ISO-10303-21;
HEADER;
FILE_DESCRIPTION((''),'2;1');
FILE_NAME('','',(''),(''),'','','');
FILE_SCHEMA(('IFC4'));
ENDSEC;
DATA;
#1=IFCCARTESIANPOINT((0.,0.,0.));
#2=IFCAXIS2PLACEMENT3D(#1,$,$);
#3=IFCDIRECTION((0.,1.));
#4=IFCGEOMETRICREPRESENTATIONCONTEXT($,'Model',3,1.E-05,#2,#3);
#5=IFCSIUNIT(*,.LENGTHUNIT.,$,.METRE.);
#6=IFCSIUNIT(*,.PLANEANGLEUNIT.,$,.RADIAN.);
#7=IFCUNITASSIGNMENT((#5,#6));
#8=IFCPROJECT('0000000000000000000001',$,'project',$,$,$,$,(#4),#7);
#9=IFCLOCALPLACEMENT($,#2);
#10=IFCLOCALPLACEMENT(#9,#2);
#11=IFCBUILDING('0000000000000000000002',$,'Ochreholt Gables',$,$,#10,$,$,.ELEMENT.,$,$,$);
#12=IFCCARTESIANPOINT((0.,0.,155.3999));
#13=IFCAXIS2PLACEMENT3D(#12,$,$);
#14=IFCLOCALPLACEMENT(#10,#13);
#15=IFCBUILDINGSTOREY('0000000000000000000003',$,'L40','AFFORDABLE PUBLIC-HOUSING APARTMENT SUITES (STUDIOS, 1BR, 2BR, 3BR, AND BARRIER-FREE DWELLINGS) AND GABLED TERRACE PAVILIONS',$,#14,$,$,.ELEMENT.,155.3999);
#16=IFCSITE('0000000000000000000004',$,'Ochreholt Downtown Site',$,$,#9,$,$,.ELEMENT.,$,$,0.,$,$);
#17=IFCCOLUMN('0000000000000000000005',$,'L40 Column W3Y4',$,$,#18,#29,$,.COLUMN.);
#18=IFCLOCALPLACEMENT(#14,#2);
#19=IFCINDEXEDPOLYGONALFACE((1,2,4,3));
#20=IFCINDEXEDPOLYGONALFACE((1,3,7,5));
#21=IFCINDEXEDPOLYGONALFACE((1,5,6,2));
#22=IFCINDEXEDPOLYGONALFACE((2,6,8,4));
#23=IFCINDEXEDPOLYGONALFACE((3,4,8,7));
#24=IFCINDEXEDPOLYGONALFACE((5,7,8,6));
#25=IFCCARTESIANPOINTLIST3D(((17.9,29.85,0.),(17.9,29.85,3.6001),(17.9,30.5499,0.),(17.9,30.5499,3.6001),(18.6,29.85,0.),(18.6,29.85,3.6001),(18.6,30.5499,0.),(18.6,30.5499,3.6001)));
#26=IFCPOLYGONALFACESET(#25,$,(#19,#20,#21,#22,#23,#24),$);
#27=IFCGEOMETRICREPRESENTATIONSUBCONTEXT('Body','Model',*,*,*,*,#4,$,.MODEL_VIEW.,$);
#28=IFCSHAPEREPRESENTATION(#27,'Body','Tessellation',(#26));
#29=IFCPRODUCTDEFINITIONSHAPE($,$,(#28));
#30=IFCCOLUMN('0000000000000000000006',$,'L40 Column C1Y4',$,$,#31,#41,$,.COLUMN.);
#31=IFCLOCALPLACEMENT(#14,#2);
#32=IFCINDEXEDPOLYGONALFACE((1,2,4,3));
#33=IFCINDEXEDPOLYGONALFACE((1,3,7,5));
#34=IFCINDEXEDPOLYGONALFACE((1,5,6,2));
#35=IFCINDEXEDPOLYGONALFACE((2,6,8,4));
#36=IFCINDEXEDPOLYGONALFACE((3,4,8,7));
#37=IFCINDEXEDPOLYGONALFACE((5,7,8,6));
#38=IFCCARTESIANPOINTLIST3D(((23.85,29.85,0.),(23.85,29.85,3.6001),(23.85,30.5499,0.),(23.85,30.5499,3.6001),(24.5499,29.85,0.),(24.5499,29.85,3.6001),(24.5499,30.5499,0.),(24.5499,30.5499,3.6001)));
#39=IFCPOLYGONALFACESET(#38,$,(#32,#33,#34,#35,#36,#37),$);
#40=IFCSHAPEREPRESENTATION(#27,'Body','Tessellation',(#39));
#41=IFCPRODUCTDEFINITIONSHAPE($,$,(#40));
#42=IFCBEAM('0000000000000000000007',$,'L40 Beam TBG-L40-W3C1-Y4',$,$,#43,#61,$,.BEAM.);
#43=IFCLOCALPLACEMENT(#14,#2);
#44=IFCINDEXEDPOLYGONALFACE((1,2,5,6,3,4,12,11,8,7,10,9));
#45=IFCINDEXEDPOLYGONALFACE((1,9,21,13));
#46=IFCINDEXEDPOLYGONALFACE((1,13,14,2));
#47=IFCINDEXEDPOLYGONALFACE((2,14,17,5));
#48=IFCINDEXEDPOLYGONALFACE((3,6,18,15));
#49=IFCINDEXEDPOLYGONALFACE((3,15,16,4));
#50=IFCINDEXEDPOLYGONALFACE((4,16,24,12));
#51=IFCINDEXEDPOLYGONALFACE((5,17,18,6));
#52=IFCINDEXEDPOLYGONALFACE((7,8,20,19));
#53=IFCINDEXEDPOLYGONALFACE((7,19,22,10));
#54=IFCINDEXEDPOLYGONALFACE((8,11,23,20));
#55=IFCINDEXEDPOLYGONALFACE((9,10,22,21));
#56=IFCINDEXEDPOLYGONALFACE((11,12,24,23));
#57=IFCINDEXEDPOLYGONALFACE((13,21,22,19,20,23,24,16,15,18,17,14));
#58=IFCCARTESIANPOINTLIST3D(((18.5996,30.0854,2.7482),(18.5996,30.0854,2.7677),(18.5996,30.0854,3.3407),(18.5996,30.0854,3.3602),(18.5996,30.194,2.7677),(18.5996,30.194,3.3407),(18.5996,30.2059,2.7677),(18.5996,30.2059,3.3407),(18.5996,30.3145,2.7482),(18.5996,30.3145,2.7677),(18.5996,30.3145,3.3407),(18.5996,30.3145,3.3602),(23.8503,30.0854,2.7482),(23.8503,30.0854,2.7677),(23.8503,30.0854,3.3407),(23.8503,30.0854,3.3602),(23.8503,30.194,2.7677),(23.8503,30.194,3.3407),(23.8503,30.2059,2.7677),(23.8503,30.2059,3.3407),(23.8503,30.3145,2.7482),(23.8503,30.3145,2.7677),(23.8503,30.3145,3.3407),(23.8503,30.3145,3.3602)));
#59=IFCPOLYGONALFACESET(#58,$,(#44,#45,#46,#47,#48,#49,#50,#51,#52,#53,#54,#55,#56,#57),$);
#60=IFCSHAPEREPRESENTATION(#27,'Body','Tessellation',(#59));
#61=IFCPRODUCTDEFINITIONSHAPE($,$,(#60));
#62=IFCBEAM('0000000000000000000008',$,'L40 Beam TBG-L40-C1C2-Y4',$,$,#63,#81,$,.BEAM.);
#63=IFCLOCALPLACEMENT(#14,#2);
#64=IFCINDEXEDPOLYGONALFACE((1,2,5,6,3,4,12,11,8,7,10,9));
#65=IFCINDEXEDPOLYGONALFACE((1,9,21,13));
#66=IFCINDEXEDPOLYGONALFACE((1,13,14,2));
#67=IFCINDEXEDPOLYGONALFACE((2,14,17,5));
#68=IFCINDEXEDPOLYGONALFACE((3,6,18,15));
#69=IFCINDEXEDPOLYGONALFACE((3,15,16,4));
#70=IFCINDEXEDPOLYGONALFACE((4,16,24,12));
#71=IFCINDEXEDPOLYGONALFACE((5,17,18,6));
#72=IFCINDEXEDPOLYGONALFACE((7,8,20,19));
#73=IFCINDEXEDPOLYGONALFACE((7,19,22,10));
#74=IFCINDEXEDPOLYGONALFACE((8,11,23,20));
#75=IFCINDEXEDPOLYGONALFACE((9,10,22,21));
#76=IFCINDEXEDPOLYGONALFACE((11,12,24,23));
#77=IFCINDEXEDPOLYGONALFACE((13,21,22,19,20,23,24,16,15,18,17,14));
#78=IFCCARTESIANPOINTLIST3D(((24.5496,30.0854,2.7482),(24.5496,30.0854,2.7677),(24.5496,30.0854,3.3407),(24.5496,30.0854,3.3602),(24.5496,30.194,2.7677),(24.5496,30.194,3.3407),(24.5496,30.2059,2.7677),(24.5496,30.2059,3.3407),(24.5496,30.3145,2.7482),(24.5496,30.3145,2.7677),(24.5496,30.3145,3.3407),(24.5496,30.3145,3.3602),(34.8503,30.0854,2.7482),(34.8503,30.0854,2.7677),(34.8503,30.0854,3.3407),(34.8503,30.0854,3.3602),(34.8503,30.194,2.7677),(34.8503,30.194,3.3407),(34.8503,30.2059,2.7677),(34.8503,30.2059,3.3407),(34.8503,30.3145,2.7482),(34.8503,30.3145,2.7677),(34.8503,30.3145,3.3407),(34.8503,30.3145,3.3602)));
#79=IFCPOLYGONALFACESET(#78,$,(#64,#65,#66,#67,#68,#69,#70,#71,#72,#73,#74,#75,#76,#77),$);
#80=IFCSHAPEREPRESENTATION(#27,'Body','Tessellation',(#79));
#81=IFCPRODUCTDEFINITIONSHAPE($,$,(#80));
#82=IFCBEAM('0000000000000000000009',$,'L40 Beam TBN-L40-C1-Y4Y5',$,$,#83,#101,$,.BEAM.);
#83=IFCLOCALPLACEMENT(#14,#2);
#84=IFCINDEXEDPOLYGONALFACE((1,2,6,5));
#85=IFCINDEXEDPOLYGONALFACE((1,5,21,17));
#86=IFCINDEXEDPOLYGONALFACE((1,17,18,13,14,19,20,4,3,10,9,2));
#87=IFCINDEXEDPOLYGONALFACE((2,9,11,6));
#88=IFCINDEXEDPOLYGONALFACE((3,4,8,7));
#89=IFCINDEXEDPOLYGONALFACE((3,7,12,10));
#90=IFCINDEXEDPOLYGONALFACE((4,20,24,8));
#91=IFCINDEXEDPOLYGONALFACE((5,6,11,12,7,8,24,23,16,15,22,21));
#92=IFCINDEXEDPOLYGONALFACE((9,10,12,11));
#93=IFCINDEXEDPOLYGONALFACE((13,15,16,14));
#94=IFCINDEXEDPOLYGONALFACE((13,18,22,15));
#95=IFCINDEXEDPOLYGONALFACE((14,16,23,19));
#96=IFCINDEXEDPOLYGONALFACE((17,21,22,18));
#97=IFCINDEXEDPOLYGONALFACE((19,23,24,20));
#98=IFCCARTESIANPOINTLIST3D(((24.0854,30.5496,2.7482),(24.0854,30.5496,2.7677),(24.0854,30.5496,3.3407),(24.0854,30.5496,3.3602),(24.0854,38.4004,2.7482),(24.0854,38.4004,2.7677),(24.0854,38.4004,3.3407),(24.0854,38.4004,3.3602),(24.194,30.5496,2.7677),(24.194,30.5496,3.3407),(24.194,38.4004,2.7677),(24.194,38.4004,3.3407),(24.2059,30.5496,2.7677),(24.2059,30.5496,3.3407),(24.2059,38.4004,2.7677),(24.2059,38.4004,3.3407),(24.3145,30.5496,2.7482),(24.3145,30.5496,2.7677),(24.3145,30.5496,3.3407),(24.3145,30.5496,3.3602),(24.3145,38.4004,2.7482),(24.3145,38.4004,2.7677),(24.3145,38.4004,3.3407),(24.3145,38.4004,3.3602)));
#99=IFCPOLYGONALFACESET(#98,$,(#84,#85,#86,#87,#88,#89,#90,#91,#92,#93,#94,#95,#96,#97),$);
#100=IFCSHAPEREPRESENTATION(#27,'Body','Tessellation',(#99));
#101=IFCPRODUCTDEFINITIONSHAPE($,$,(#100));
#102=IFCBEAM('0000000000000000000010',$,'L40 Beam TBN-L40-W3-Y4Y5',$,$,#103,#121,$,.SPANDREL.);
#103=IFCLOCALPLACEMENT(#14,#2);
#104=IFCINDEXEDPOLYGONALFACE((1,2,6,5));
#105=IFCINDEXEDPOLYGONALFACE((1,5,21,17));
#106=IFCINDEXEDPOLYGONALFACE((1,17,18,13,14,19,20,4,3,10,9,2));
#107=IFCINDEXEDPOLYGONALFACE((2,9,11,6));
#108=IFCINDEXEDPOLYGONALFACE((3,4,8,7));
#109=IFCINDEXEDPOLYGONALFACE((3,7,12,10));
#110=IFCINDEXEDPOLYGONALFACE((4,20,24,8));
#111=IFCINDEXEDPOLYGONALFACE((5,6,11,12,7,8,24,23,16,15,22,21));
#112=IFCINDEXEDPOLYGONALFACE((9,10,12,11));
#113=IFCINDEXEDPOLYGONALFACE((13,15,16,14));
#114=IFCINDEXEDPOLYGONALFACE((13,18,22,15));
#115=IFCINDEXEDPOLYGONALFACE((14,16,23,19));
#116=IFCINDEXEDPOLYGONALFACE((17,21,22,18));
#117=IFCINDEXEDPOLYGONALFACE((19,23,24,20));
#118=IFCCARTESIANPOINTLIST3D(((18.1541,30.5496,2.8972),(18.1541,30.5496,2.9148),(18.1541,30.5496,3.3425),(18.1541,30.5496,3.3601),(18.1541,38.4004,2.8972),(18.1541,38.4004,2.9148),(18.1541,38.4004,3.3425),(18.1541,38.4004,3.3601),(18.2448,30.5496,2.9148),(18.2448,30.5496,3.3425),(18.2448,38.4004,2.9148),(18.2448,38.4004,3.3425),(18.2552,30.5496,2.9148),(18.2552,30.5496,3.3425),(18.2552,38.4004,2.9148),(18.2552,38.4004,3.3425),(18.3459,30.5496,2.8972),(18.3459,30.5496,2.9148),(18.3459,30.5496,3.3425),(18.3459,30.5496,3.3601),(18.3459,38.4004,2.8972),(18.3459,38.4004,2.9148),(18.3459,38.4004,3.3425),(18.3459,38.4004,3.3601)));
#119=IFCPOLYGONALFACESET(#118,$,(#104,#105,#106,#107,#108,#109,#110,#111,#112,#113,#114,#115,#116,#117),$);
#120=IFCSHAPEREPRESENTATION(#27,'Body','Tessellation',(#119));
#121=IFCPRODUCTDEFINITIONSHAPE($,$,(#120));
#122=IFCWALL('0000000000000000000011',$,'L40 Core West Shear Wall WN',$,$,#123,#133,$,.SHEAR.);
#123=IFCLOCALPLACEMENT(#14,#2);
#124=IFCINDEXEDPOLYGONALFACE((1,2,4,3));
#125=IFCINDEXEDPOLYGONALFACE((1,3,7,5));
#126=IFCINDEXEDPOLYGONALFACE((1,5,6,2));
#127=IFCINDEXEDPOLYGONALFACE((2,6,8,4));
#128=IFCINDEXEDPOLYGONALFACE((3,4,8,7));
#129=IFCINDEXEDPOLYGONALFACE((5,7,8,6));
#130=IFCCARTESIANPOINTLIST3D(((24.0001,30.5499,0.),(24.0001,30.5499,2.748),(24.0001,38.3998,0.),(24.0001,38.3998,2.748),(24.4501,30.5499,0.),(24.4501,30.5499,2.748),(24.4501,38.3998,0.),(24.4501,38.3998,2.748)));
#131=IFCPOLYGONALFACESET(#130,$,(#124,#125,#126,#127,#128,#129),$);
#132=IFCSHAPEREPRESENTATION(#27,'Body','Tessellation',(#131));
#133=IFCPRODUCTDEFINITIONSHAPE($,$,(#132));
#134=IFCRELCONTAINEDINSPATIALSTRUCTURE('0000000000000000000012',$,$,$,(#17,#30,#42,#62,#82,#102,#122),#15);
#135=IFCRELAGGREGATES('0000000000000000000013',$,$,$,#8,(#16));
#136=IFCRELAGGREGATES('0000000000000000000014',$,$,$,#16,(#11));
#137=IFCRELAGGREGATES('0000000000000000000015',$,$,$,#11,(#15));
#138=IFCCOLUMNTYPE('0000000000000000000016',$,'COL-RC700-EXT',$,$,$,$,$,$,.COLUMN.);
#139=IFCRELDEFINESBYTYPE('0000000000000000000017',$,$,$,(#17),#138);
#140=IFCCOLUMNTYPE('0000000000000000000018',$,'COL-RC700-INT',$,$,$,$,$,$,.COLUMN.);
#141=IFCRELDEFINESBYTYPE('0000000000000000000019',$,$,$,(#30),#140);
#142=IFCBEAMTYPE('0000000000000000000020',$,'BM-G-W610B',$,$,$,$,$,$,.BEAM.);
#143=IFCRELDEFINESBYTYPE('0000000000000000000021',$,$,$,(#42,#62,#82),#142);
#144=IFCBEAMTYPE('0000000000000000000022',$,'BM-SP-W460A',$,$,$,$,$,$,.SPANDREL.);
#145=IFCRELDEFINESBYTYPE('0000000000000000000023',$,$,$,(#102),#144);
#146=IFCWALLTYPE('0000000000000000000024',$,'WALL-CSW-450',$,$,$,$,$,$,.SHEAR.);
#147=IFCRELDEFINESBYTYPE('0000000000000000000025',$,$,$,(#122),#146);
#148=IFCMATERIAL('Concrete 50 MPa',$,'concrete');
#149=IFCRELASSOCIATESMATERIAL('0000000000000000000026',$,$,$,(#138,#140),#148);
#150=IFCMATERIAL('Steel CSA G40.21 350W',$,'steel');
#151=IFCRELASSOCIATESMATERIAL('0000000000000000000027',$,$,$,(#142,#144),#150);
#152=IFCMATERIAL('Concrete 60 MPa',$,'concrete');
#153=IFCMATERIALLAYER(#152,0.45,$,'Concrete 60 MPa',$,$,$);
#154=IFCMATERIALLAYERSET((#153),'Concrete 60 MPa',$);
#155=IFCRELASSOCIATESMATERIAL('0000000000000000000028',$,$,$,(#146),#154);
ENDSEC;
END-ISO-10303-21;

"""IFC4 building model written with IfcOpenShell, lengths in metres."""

from ifc_helpers import new_model, si_unit, direction, frame, frame_2d, origin, origin_2d, place, context, subcontext, project, spatial, rectangle, i_section, extrude, material, layer, layer_set, material_profile, profile_set, type_object, element, save


model = new_model("IFC4")

# Units and contexts
model_context = context("Model", 3, precision=1e-05, world=origin(), true_north=direction((0.0, 1.0)))
body_context = subcontext(model_context, "Body", "Model", "MODEL_VIEW")
ifc_project = project(units=[si_unit("LENGTHUNIT", "METRE"), si_unit("PLANEANGLEUNIT", "RADIAN")], contexts=[model_context])

# Site, building, storey
site_placement = place(None, origin())
site = spatial("IfcSite", under=ifc_project, at=site_placement, Name="Ochreholt Downtown Site", CompositionType="ELEMENT", RefElevation=0.0)
building_placement = place(site_placement, origin())
building = spatial("IfcBuilding", under=site, at=building_placement, Name="Ochreholt Gables", CompositionType="ELEMENT")
storey_placement = place(building_placement, frame((0.0, 0.0, 155.3999)))
storey = spatial("IfcBuildingStorey", under=building, at=storey_placement, Name="L40", Description="AFFORDABLE PUBLIC-HOUSING APARTMENT SUITES (STUDIOS, 1BR, 2BR, 3BR, AND BARRIER-FREE DWELLINGS) AND GABLED TERRACE PAVILIONS", CompositionType="ELEMENT", Elevation=155.3999)

# Columns
ifc_material_1 = material(Name="Concrete 50 MPa", Category="concrete")
ifc_material_profile_1 = material_profile(ifc_material_1, rectangle(XDim=0.7, YDim=0.7, at=origin_2d()), Name="RC700X700")
ifc_profile_set_1 = profile_set([ifc_material_profile_1], Name="Concrete 50 MPa")
column_type_1 = type_object("IfcColumnType", Name="COL-RC700-EXT", PredefinedType="COLUMN", material=ifc_profile_set_1)
column_1_placement = place(storey_placement, frame((18.25, 30.2, 0.0), z_axis=(0.0, 0.0, 1.0), x_axis=(1.0, 0.0, 0.0)))
element("IfcColumn", 1, at=column_1_placement, inside=storey, type_object=column_type_1, Name="L40 Column W3Y4", PredefinedType="COLUMN", context=body_context, shape_type="SweptSolid", body=[
    extrude(rectangle(XDim=0.7, YDim=0.7, at=origin_2d()), origin(), (0.0, 0.0, 1.0), 3.6001),
])
ifc_material_profile_2 = material_profile(ifc_material_1, rectangle(XDim=0.7, YDim=0.7, at=origin_2d()), Name="RC700X700")
ifc_profile_set_2 = profile_set([ifc_material_profile_2], Name="Concrete 50 MPa")
column_type_2 = type_object("IfcColumnType", Name="COL-RC700-INT", PredefinedType="COLUMN", material=ifc_profile_set_2)
column_2_placement = place(storey_placement, frame((24.2, 30.2, 0.0), z_axis=(0.0, 0.0, 1.0), x_axis=(1.0, 0.0, 0.0)))
element("IfcColumn", 2, at=column_2_placement, inside=storey, type_object=column_type_2, Name="L40 Column C1Y4", PredefinedType="COLUMN", context=body_context, shape_type="SweptSolid", body=[
    extrude(rectangle(XDim=0.7, YDim=0.7, at=origin_2d()), origin(), (0.0, 0.0, 1.0), 3.6001),
])

# Beams
ifc_material_2 = material(Name="Steel CSA G40.21 350W", Category="steel")
ifc_material_profile_3 = material_profile(ifc_material_2, i_section(OverallWidth=0.229, OverallDepth=0.6121, WebThickness=0.012, FlangeThickness=0.0195, at=origin_2d()), Name="W610X125")
ifc_profile_set_3 = profile_set([ifc_material_profile_3], Name="Steel CSA G40.21 350W")
beam_type_1 = type_object("IfcBeamType", Name="BM-G-W610B", PredefinedType="BEAM", material=ifc_profile_set_3)
beam_1_placement = place(storey_placement, frame((18.5996, 30.2, 3.0542), z_axis=(1.0, 0.0, 0.0), x_axis=(0.0, 1.0, 0.0)))
element("IfcBeam", 3, at=beam_1_placement, inside=storey, type_object=beam_type_1, Name="L40 Beam TBG-L40-W3C1-Y4", PredefinedType="BEAM", context=body_context, shape_type="SweptSolid", body=[
    extrude(i_section(OverallWidth=0.229, OverallDepth=0.6121, WebThickness=0.012, FlangeThickness=0.0195, at=origin_2d()), origin(), (0.0, 0.0, 1.0), 5.2507),
])
beam_2_placement = place(storey_placement, frame((24.5496, 30.2, 3.0542), z_axis=(1.0, 0.0, 0.0), x_axis=(0.0, 1.0, 0.0)))
element("IfcBeam", 4, at=beam_2_placement, inside=storey, type_object=beam_type_1, Name="L40 Beam TBG-L40-C1C2-Y4", PredefinedType="BEAM", context=body_context, shape_type="SweptSolid", body=[
    extrude(i_section(OverallWidth=0.229, OverallDepth=0.6121, WebThickness=0.012, FlangeThickness=0.0195, at=origin_2d()), origin(), (0.0, 0.0, 1.0), 10.3008),
])
beam_3_placement = place(storey_placement, frame((24.2, 30.5496, 3.0542), z_axis=(0.0, 1.0, 0.0), x_axis=(-1.0, 0.0, 0.0)))
element("IfcBeam", 5, at=beam_3_placement, inside=storey, type_object=beam_type_1, Name="L40 Beam TBN-L40-C1-Y4Y5", PredefinedType="BEAM", context=body_context, shape_type="SweptSolid", body=[
    extrude(i_section(OverallWidth=0.229, OverallDepth=0.6121, WebThickness=0.012, FlangeThickness=0.0195, at=origin_2d()), origin(), (0.0, 0.0, 1.0), 7.8508),
])
ifc_material_profile_4 = material_profile(ifc_material_2, i_section(OverallWidth=0.1919, OverallDepth=0.4629, WebThickness=0.0105, FlangeThickness=0.0176, at=origin_2d()), Name="W460X89")
ifc_profile_set_4 = profile_set([ifc_material_profile_4], Name="Steel CSA G40.21 350W")
beam_type_2 = type_object("IfcBeamType", Name="BM-SP-W460A", PredefinedType="SPANDREL", material=ifc_profile_set_4)
beam_4_placement = place(storey_placement, frame((18.25, 30.5496, 3.1287), z_axis=(0.0, 1.0, 0.0), x_axis=(-1.0, 0.0, 0.0)))
element("IfcBeam", 6, at=beam_4_placement, inside=storey, type_object=beam_type_2, Name="L40 Beam TBN-L40-W3-Y4Y5", PredefinedType="SPANDREL", context=body_context, shape_type="SweptSolid", body=[
    extrude(i_section(OverallWidth=0.1919, OverallDepth=0.4629, WebThickness=0.0105, FlangeThickness=0.0176, at=origin_2d()), origin(), (0.0, 0.0, 1.0), 7.8508),
])

# Wall
ifc_material_3 = material(Name="Concrete 60 MPa", Category="concrete")
ifc_layer_1 = layer(ifc_material_3, 0.45, Name="Concrete 60 MPa")
ifc_layer_set_1 = layer_set([ifc_layer_1], Name="Concrete 60 MPa")
wall_type_1 = type_object("IfcWallType", Name="WALL-CSW-450", PredefinedType="SHEAR", material=ifc_layer_set_1)
wall_1_placement = place(storey_placement, frame((24.2251, 30.55, 0.0), z_axis=(0.0, 0.0, 1.0), x_axis=(0.0, 1.0, 0.0)))
element("IfcWall", 7, at=wall_1_placement, inside=storey, type_object=wall_type_1, Name="L40 Core West Shear Wall WN", PredefinedType="SHEAR", context=body_context, shape_type="SweptSolid", body=[
    extrude(rectangle(XDim=7.8499, YDim=0.45, at=frame_2d((3.9248, 0.0))), origin(), (0.0, 0.0, 1.0), 2.748),
])

save(model, "model.ifc")
